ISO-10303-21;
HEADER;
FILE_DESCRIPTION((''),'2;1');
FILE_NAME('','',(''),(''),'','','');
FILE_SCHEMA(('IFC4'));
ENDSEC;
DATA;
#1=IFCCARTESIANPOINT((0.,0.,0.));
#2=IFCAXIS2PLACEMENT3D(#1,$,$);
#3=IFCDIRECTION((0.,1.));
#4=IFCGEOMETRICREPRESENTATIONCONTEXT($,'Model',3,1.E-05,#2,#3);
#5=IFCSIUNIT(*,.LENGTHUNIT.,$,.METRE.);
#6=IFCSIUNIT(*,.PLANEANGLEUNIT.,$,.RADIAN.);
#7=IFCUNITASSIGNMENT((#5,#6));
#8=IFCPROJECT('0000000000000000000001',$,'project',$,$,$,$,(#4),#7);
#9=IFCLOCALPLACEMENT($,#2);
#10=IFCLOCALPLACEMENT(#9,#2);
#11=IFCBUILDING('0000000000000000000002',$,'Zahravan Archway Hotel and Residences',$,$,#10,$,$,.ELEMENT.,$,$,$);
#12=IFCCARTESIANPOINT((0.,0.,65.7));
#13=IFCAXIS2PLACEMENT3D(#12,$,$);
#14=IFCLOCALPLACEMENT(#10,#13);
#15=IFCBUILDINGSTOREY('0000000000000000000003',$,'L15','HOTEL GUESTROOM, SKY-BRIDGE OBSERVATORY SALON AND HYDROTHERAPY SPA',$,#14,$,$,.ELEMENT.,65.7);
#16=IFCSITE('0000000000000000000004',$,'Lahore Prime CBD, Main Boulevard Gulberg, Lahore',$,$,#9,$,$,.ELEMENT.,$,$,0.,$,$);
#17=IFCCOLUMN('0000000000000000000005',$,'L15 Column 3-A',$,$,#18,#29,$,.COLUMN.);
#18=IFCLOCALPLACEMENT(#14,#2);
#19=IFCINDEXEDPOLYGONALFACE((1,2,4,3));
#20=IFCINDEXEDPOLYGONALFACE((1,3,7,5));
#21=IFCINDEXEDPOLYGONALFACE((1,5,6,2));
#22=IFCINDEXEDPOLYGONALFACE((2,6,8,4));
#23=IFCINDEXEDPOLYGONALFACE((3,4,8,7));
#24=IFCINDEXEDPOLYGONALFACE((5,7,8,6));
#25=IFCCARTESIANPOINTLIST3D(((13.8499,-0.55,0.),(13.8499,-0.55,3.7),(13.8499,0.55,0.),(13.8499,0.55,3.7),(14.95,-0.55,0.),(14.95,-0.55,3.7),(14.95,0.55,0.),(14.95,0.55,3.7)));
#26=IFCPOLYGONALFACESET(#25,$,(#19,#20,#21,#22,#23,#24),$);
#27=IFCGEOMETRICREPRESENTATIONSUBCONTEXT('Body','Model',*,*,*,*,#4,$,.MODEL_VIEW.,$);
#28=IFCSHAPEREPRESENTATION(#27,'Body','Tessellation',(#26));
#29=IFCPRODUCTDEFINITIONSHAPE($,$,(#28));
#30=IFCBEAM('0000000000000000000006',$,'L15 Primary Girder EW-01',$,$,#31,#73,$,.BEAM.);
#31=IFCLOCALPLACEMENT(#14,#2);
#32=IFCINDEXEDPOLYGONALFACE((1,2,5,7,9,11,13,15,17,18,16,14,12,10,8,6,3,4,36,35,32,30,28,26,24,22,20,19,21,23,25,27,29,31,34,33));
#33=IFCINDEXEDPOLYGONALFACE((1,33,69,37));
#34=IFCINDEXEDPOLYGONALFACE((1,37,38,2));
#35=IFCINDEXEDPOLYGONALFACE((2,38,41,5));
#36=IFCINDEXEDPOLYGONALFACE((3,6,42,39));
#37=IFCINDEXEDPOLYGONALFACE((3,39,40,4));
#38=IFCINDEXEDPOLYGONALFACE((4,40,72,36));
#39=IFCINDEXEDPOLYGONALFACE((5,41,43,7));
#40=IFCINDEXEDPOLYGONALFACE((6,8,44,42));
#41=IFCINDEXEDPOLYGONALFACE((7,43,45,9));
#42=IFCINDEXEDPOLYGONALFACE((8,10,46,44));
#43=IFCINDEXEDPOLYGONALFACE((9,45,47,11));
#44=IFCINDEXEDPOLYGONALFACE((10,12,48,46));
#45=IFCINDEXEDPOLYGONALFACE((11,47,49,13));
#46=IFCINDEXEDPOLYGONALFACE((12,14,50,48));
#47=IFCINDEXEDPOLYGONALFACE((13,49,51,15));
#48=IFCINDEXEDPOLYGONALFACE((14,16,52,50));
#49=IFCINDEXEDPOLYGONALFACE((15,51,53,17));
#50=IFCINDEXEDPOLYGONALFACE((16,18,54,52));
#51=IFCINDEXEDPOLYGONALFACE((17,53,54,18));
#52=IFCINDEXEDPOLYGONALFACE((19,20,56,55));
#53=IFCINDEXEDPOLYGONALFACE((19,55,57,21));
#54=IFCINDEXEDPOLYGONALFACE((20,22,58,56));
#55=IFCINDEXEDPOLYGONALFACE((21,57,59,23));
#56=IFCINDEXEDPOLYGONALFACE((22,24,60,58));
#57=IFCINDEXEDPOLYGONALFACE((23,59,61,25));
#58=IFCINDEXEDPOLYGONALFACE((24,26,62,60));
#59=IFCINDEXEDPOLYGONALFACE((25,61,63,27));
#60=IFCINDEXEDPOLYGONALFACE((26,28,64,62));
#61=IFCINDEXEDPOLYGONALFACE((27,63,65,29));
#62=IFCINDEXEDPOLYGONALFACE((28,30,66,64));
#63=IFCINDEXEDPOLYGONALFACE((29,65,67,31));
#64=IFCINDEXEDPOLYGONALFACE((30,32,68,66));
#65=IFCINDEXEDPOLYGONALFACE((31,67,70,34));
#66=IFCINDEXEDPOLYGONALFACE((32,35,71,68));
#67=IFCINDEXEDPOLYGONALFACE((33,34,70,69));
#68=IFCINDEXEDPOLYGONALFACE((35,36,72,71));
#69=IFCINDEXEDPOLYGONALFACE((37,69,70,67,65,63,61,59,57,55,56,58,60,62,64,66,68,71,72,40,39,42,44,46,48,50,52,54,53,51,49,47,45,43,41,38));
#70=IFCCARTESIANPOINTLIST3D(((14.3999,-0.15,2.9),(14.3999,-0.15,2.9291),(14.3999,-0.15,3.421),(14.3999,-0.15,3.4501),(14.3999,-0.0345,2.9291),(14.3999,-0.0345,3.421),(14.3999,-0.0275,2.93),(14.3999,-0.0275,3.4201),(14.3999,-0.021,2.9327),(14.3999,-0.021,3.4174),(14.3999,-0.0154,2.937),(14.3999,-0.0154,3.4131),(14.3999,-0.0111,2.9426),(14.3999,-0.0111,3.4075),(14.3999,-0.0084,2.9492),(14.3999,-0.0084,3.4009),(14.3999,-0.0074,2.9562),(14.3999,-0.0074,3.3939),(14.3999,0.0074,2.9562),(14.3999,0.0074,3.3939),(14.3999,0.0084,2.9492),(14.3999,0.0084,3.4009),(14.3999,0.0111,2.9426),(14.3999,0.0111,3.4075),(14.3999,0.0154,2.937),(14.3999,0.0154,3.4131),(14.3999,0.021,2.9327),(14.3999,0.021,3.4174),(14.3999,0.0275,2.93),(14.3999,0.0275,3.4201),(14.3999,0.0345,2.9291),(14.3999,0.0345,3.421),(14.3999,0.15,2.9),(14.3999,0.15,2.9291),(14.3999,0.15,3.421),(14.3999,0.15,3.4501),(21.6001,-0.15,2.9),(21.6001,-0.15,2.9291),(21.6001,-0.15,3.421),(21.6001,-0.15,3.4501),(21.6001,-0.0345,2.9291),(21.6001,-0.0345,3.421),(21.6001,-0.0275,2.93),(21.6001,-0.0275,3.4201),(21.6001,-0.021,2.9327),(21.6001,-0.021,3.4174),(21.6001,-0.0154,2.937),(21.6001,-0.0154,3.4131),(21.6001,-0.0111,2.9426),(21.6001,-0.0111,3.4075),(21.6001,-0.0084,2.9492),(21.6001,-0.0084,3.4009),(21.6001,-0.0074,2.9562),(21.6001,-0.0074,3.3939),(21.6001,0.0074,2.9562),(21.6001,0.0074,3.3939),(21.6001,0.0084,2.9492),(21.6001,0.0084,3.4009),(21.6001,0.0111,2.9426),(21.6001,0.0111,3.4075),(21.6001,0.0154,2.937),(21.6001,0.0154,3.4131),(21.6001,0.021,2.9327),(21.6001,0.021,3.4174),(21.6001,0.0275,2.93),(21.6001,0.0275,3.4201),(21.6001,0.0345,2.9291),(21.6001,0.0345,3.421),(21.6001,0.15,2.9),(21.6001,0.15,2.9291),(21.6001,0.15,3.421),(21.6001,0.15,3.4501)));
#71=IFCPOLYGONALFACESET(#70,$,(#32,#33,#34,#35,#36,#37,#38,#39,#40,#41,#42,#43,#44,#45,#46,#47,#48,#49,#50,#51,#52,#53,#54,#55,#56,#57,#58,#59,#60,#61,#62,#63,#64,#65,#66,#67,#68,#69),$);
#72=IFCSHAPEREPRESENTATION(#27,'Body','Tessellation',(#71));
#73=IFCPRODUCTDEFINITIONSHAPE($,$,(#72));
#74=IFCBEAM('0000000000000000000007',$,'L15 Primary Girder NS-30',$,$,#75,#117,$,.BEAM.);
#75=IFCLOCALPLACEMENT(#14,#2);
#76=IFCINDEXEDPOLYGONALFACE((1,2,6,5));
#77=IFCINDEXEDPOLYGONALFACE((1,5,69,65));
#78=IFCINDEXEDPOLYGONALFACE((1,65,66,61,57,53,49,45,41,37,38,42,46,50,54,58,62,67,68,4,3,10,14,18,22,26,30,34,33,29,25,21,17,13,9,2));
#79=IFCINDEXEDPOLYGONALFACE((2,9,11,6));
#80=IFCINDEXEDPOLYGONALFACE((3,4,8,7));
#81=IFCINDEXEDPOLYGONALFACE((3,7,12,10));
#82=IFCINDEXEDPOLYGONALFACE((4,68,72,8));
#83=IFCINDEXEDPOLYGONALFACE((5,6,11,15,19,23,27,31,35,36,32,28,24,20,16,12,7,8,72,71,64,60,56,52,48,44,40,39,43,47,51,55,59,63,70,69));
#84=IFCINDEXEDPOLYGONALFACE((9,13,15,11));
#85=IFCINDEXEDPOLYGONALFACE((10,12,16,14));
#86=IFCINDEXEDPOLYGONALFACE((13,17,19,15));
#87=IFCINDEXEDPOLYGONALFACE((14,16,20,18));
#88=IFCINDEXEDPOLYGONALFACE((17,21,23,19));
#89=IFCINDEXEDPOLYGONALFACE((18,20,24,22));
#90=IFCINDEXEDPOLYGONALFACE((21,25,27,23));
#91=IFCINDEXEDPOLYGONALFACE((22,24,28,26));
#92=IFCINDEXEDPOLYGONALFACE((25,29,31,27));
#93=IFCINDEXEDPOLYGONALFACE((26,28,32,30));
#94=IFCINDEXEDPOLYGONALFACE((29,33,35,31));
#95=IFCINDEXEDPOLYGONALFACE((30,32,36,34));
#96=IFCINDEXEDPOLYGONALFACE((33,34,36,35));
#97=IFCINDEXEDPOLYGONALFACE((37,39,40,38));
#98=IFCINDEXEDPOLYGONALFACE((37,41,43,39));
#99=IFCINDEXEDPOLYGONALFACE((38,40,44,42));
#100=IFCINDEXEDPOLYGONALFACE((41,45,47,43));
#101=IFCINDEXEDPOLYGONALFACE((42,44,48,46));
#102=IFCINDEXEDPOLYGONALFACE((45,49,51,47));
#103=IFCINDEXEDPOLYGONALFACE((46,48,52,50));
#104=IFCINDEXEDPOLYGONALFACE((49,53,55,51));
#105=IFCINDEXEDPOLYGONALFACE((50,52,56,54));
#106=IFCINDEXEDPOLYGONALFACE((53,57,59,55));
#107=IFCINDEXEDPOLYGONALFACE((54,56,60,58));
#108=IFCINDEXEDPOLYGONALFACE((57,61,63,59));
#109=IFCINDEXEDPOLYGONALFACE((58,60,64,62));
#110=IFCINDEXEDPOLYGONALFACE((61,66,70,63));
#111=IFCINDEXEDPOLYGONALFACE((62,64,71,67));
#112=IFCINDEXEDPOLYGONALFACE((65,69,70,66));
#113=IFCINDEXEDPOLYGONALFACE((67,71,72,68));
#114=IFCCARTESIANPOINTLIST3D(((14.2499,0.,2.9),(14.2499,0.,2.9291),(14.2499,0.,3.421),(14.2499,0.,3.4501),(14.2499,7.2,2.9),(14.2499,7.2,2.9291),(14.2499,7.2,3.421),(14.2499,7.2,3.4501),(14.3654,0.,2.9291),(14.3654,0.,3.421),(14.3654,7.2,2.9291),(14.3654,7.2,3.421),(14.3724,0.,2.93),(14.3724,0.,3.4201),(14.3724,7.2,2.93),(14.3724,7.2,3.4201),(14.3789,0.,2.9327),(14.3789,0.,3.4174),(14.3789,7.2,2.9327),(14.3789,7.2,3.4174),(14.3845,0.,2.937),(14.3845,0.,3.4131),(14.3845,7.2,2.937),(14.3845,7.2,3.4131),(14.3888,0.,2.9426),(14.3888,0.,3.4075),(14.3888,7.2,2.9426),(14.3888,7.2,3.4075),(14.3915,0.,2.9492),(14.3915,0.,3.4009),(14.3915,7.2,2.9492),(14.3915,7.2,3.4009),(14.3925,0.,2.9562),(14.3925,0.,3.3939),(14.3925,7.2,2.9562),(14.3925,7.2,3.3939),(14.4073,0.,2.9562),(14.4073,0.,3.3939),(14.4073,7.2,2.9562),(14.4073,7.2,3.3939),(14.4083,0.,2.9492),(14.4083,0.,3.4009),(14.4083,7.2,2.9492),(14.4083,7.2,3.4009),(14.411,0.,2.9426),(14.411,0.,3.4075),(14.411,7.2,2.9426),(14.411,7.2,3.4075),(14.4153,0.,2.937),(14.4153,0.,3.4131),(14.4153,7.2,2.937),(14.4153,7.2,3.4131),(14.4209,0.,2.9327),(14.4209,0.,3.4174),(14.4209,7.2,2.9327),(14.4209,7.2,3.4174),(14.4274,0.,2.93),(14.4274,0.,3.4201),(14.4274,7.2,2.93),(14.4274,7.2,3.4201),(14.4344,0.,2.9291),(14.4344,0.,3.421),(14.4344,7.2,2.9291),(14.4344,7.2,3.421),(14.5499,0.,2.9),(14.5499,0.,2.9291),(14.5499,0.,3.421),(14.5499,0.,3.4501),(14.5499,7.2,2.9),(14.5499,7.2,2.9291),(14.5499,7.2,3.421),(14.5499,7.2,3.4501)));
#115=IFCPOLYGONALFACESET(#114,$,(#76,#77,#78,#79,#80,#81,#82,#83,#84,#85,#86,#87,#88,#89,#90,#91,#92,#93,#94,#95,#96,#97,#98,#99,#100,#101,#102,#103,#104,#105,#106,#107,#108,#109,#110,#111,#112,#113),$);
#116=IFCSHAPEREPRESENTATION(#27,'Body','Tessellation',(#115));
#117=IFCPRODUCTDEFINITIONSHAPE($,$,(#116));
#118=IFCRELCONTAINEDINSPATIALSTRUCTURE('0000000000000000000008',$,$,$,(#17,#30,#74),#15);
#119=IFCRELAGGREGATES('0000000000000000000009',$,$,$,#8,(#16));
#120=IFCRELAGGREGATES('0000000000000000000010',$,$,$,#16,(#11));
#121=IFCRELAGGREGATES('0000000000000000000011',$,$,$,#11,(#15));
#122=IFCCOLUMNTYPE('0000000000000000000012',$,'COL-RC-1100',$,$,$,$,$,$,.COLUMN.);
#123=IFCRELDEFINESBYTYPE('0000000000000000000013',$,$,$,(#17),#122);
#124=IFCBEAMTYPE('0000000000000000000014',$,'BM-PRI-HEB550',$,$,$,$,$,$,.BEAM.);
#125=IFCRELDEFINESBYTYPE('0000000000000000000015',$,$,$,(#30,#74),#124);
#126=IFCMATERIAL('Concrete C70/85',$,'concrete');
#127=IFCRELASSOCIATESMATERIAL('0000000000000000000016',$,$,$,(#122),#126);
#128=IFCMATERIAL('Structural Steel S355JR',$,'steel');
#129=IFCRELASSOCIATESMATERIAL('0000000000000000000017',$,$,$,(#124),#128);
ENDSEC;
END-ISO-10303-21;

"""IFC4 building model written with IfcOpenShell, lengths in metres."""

from ifc_helpers import new_model, si_unit, direction, frame, origin, origin_2d, place, context, subcontext, project, spatial, rectangle, i_section, extrude, source, transform, mapped, material, material_profile, profile_set, type_object, type_shapes, element, save


model = new_model("IFC4")

# Units and contexts
model_context = context("Model", 3, precision=1e-05, world=origin(), true_north=direction((0.0, 1.0)))
body_context = subcontext(model_context, "Body", "Model", "MODEL_VIEW")
ifc_project = project(units=[si_unit("LENGTHUNIT", "METRE"), si_unit("PLANEANGLEUNIT", "RADIAN")], contexts=[model_context])

# Site, building, storey
site_placement = place(None, origin())
site = spatial("IfcSite", under=ifc_project, at=site_placement, Name="Lahore Prime CBD, Main Boulevard Gulberg, Lahore", CompositionType="ELEMENT", RefElevation=0.0)
building_placement = place(site_placement, origin())
building = spatial("IfcBuilding", under=site, at=building_placement, Name="Zahravan Archway Hotel and Residences", CompositionType="ELEMENT")
storey_placement = place(building_placement, frame((0.0, 0.0, 65.7)))
storey = spatial("IfcBuildingStorey", under=building, at=storey_placement, Name="L15", Description="HOTEL GUESTROOM, SKY-BRIDGE OBSERVATORY SALON AND HYDROTHERAPY SPA", CompositionType="ELEMENT", Elevation=65.7)

# Column
ifc_material_1 = material(Name="Concrete C70/85", Category="concrete")
ifc_material_profile_1 = material_profile(ifc_material_1, rectangle(XDim=1.1001, YDim=1.1001, at=origin_2d()), Name="RC 1100x1100", Category="concrete")
ifc_profile_set_1 = profile_set([ifc_material_profile_1], Name="Concrete C70/85")
column_type = type_object("IfcColumnType", Name="COL-RC-1100", PredefinedType="COLUMN", material=ifc_profile_set_1)
shared_shape_1 = source(origin(), body_context, "Body", "SweptSolid", [
    extrude(rectangle(XDim=1.1001, YDim=1.1001, at=origin_2d()), origin(), (0.0, 0.0, 1.0), 3.7),
])
column_placement = place(storey_placement, frame((14.3999, 0.0, 0.0), z_axis=(0.0, 0.0, 1.0), x_axis=(1.0, 0.0, 0.0)))
element("IfcColumn", 1, at=column_placement, inside=storey, type_object=column_type, Name="L15 Column 3-A", PredefinedType="COLUMN", context=body_context, shape_type="MappedRepresentation", body=[
    mapped(shared_shape_1, transform((0.0, 0.0, 0.0), scale=1.0)),
])

# Beams
ifc_material_2 = material(Name="Structural Steel S355JR", Category="steel")
ifc_material_profile_2 = material_profile(ifc_material_2, i_section(OverallWidth=0.3, OverallDepth=0.55, WebThickness=0.0149, FlangeThickness=0.0291, FilletRadius=0.0271, at=origin_2d()), Name="HEB 550", Category="steel")
ifc_profile_set_2 = profile_set([ifc_material_profile_2], Name="Structural Steel S355JR")
beam_type = type_object("IfcBeamType", Name="BM-PRI-HEB550", PredefinedType="BEAM", material=ifc_profile_set_2)
shared_shape_2 = source(origin(), body_context, "Body", "SweptSolid", [
    extrude(i_section(OverallWidth=0.3, OverallDepth=0.55, WebThickness=0.0149, FlangeThickness=0.0291, FilletRadius=0.0271, at=origin_2d()), origin(), (0.0, 0.0, 1.0), 7.2002),
])
type_shapes(beam_type, [shared_shape_2])
beam_1_placement = place(storey_placement, frame((14.3999, 0.0, 3.175), z_axis=(1.0, 0.0, 0.0), x_axis=(0.0, 1.0, 0.0)))
element("IfcBeam", 2, at=beam_1_placement, inside=storey, type_object=beam_type, Name="L15 Primary Girder EW-01", PredefinedType="BEAM", context=body_context, shape_type="MappedRepresentation", body=[
    mapped(shared_shape_2, transform((0.0, 0.0, 0.0), scale=1.0)),
])
shared_shape_3 = source(origin(), body_context, "Body", "SweptSolid", [
    extrude(i_section(OverallWidth=0.3, OverallDepth=0.55, WebThickness=0.0149, FlangeThickness=0.0291, FilletRadius=0.0271, at=origin_2d()), origin(), (0.0, 0.0, 1.0), 7.2),
])
beam_2_placement = place(storey_placement, frame((14.3999, 0.0, 3.175), z_axis=(0.0, 1.0, 0.0), x_axis=(-1.0, 0.0, 0.0)))
element("IfcBeam", 3, at=beam_2_placement, inside=storey, type_object=beam_type, Name="L15 Primary Girder NS-30", PredefinedType="BEAM", context=body_context, shape_type="MappedRepresentation", body=[
    mapped(shared_shape_3, transform((0.0, 0.0, 0.0), scale=1.0)),
])

save(model, "model.ifc")
